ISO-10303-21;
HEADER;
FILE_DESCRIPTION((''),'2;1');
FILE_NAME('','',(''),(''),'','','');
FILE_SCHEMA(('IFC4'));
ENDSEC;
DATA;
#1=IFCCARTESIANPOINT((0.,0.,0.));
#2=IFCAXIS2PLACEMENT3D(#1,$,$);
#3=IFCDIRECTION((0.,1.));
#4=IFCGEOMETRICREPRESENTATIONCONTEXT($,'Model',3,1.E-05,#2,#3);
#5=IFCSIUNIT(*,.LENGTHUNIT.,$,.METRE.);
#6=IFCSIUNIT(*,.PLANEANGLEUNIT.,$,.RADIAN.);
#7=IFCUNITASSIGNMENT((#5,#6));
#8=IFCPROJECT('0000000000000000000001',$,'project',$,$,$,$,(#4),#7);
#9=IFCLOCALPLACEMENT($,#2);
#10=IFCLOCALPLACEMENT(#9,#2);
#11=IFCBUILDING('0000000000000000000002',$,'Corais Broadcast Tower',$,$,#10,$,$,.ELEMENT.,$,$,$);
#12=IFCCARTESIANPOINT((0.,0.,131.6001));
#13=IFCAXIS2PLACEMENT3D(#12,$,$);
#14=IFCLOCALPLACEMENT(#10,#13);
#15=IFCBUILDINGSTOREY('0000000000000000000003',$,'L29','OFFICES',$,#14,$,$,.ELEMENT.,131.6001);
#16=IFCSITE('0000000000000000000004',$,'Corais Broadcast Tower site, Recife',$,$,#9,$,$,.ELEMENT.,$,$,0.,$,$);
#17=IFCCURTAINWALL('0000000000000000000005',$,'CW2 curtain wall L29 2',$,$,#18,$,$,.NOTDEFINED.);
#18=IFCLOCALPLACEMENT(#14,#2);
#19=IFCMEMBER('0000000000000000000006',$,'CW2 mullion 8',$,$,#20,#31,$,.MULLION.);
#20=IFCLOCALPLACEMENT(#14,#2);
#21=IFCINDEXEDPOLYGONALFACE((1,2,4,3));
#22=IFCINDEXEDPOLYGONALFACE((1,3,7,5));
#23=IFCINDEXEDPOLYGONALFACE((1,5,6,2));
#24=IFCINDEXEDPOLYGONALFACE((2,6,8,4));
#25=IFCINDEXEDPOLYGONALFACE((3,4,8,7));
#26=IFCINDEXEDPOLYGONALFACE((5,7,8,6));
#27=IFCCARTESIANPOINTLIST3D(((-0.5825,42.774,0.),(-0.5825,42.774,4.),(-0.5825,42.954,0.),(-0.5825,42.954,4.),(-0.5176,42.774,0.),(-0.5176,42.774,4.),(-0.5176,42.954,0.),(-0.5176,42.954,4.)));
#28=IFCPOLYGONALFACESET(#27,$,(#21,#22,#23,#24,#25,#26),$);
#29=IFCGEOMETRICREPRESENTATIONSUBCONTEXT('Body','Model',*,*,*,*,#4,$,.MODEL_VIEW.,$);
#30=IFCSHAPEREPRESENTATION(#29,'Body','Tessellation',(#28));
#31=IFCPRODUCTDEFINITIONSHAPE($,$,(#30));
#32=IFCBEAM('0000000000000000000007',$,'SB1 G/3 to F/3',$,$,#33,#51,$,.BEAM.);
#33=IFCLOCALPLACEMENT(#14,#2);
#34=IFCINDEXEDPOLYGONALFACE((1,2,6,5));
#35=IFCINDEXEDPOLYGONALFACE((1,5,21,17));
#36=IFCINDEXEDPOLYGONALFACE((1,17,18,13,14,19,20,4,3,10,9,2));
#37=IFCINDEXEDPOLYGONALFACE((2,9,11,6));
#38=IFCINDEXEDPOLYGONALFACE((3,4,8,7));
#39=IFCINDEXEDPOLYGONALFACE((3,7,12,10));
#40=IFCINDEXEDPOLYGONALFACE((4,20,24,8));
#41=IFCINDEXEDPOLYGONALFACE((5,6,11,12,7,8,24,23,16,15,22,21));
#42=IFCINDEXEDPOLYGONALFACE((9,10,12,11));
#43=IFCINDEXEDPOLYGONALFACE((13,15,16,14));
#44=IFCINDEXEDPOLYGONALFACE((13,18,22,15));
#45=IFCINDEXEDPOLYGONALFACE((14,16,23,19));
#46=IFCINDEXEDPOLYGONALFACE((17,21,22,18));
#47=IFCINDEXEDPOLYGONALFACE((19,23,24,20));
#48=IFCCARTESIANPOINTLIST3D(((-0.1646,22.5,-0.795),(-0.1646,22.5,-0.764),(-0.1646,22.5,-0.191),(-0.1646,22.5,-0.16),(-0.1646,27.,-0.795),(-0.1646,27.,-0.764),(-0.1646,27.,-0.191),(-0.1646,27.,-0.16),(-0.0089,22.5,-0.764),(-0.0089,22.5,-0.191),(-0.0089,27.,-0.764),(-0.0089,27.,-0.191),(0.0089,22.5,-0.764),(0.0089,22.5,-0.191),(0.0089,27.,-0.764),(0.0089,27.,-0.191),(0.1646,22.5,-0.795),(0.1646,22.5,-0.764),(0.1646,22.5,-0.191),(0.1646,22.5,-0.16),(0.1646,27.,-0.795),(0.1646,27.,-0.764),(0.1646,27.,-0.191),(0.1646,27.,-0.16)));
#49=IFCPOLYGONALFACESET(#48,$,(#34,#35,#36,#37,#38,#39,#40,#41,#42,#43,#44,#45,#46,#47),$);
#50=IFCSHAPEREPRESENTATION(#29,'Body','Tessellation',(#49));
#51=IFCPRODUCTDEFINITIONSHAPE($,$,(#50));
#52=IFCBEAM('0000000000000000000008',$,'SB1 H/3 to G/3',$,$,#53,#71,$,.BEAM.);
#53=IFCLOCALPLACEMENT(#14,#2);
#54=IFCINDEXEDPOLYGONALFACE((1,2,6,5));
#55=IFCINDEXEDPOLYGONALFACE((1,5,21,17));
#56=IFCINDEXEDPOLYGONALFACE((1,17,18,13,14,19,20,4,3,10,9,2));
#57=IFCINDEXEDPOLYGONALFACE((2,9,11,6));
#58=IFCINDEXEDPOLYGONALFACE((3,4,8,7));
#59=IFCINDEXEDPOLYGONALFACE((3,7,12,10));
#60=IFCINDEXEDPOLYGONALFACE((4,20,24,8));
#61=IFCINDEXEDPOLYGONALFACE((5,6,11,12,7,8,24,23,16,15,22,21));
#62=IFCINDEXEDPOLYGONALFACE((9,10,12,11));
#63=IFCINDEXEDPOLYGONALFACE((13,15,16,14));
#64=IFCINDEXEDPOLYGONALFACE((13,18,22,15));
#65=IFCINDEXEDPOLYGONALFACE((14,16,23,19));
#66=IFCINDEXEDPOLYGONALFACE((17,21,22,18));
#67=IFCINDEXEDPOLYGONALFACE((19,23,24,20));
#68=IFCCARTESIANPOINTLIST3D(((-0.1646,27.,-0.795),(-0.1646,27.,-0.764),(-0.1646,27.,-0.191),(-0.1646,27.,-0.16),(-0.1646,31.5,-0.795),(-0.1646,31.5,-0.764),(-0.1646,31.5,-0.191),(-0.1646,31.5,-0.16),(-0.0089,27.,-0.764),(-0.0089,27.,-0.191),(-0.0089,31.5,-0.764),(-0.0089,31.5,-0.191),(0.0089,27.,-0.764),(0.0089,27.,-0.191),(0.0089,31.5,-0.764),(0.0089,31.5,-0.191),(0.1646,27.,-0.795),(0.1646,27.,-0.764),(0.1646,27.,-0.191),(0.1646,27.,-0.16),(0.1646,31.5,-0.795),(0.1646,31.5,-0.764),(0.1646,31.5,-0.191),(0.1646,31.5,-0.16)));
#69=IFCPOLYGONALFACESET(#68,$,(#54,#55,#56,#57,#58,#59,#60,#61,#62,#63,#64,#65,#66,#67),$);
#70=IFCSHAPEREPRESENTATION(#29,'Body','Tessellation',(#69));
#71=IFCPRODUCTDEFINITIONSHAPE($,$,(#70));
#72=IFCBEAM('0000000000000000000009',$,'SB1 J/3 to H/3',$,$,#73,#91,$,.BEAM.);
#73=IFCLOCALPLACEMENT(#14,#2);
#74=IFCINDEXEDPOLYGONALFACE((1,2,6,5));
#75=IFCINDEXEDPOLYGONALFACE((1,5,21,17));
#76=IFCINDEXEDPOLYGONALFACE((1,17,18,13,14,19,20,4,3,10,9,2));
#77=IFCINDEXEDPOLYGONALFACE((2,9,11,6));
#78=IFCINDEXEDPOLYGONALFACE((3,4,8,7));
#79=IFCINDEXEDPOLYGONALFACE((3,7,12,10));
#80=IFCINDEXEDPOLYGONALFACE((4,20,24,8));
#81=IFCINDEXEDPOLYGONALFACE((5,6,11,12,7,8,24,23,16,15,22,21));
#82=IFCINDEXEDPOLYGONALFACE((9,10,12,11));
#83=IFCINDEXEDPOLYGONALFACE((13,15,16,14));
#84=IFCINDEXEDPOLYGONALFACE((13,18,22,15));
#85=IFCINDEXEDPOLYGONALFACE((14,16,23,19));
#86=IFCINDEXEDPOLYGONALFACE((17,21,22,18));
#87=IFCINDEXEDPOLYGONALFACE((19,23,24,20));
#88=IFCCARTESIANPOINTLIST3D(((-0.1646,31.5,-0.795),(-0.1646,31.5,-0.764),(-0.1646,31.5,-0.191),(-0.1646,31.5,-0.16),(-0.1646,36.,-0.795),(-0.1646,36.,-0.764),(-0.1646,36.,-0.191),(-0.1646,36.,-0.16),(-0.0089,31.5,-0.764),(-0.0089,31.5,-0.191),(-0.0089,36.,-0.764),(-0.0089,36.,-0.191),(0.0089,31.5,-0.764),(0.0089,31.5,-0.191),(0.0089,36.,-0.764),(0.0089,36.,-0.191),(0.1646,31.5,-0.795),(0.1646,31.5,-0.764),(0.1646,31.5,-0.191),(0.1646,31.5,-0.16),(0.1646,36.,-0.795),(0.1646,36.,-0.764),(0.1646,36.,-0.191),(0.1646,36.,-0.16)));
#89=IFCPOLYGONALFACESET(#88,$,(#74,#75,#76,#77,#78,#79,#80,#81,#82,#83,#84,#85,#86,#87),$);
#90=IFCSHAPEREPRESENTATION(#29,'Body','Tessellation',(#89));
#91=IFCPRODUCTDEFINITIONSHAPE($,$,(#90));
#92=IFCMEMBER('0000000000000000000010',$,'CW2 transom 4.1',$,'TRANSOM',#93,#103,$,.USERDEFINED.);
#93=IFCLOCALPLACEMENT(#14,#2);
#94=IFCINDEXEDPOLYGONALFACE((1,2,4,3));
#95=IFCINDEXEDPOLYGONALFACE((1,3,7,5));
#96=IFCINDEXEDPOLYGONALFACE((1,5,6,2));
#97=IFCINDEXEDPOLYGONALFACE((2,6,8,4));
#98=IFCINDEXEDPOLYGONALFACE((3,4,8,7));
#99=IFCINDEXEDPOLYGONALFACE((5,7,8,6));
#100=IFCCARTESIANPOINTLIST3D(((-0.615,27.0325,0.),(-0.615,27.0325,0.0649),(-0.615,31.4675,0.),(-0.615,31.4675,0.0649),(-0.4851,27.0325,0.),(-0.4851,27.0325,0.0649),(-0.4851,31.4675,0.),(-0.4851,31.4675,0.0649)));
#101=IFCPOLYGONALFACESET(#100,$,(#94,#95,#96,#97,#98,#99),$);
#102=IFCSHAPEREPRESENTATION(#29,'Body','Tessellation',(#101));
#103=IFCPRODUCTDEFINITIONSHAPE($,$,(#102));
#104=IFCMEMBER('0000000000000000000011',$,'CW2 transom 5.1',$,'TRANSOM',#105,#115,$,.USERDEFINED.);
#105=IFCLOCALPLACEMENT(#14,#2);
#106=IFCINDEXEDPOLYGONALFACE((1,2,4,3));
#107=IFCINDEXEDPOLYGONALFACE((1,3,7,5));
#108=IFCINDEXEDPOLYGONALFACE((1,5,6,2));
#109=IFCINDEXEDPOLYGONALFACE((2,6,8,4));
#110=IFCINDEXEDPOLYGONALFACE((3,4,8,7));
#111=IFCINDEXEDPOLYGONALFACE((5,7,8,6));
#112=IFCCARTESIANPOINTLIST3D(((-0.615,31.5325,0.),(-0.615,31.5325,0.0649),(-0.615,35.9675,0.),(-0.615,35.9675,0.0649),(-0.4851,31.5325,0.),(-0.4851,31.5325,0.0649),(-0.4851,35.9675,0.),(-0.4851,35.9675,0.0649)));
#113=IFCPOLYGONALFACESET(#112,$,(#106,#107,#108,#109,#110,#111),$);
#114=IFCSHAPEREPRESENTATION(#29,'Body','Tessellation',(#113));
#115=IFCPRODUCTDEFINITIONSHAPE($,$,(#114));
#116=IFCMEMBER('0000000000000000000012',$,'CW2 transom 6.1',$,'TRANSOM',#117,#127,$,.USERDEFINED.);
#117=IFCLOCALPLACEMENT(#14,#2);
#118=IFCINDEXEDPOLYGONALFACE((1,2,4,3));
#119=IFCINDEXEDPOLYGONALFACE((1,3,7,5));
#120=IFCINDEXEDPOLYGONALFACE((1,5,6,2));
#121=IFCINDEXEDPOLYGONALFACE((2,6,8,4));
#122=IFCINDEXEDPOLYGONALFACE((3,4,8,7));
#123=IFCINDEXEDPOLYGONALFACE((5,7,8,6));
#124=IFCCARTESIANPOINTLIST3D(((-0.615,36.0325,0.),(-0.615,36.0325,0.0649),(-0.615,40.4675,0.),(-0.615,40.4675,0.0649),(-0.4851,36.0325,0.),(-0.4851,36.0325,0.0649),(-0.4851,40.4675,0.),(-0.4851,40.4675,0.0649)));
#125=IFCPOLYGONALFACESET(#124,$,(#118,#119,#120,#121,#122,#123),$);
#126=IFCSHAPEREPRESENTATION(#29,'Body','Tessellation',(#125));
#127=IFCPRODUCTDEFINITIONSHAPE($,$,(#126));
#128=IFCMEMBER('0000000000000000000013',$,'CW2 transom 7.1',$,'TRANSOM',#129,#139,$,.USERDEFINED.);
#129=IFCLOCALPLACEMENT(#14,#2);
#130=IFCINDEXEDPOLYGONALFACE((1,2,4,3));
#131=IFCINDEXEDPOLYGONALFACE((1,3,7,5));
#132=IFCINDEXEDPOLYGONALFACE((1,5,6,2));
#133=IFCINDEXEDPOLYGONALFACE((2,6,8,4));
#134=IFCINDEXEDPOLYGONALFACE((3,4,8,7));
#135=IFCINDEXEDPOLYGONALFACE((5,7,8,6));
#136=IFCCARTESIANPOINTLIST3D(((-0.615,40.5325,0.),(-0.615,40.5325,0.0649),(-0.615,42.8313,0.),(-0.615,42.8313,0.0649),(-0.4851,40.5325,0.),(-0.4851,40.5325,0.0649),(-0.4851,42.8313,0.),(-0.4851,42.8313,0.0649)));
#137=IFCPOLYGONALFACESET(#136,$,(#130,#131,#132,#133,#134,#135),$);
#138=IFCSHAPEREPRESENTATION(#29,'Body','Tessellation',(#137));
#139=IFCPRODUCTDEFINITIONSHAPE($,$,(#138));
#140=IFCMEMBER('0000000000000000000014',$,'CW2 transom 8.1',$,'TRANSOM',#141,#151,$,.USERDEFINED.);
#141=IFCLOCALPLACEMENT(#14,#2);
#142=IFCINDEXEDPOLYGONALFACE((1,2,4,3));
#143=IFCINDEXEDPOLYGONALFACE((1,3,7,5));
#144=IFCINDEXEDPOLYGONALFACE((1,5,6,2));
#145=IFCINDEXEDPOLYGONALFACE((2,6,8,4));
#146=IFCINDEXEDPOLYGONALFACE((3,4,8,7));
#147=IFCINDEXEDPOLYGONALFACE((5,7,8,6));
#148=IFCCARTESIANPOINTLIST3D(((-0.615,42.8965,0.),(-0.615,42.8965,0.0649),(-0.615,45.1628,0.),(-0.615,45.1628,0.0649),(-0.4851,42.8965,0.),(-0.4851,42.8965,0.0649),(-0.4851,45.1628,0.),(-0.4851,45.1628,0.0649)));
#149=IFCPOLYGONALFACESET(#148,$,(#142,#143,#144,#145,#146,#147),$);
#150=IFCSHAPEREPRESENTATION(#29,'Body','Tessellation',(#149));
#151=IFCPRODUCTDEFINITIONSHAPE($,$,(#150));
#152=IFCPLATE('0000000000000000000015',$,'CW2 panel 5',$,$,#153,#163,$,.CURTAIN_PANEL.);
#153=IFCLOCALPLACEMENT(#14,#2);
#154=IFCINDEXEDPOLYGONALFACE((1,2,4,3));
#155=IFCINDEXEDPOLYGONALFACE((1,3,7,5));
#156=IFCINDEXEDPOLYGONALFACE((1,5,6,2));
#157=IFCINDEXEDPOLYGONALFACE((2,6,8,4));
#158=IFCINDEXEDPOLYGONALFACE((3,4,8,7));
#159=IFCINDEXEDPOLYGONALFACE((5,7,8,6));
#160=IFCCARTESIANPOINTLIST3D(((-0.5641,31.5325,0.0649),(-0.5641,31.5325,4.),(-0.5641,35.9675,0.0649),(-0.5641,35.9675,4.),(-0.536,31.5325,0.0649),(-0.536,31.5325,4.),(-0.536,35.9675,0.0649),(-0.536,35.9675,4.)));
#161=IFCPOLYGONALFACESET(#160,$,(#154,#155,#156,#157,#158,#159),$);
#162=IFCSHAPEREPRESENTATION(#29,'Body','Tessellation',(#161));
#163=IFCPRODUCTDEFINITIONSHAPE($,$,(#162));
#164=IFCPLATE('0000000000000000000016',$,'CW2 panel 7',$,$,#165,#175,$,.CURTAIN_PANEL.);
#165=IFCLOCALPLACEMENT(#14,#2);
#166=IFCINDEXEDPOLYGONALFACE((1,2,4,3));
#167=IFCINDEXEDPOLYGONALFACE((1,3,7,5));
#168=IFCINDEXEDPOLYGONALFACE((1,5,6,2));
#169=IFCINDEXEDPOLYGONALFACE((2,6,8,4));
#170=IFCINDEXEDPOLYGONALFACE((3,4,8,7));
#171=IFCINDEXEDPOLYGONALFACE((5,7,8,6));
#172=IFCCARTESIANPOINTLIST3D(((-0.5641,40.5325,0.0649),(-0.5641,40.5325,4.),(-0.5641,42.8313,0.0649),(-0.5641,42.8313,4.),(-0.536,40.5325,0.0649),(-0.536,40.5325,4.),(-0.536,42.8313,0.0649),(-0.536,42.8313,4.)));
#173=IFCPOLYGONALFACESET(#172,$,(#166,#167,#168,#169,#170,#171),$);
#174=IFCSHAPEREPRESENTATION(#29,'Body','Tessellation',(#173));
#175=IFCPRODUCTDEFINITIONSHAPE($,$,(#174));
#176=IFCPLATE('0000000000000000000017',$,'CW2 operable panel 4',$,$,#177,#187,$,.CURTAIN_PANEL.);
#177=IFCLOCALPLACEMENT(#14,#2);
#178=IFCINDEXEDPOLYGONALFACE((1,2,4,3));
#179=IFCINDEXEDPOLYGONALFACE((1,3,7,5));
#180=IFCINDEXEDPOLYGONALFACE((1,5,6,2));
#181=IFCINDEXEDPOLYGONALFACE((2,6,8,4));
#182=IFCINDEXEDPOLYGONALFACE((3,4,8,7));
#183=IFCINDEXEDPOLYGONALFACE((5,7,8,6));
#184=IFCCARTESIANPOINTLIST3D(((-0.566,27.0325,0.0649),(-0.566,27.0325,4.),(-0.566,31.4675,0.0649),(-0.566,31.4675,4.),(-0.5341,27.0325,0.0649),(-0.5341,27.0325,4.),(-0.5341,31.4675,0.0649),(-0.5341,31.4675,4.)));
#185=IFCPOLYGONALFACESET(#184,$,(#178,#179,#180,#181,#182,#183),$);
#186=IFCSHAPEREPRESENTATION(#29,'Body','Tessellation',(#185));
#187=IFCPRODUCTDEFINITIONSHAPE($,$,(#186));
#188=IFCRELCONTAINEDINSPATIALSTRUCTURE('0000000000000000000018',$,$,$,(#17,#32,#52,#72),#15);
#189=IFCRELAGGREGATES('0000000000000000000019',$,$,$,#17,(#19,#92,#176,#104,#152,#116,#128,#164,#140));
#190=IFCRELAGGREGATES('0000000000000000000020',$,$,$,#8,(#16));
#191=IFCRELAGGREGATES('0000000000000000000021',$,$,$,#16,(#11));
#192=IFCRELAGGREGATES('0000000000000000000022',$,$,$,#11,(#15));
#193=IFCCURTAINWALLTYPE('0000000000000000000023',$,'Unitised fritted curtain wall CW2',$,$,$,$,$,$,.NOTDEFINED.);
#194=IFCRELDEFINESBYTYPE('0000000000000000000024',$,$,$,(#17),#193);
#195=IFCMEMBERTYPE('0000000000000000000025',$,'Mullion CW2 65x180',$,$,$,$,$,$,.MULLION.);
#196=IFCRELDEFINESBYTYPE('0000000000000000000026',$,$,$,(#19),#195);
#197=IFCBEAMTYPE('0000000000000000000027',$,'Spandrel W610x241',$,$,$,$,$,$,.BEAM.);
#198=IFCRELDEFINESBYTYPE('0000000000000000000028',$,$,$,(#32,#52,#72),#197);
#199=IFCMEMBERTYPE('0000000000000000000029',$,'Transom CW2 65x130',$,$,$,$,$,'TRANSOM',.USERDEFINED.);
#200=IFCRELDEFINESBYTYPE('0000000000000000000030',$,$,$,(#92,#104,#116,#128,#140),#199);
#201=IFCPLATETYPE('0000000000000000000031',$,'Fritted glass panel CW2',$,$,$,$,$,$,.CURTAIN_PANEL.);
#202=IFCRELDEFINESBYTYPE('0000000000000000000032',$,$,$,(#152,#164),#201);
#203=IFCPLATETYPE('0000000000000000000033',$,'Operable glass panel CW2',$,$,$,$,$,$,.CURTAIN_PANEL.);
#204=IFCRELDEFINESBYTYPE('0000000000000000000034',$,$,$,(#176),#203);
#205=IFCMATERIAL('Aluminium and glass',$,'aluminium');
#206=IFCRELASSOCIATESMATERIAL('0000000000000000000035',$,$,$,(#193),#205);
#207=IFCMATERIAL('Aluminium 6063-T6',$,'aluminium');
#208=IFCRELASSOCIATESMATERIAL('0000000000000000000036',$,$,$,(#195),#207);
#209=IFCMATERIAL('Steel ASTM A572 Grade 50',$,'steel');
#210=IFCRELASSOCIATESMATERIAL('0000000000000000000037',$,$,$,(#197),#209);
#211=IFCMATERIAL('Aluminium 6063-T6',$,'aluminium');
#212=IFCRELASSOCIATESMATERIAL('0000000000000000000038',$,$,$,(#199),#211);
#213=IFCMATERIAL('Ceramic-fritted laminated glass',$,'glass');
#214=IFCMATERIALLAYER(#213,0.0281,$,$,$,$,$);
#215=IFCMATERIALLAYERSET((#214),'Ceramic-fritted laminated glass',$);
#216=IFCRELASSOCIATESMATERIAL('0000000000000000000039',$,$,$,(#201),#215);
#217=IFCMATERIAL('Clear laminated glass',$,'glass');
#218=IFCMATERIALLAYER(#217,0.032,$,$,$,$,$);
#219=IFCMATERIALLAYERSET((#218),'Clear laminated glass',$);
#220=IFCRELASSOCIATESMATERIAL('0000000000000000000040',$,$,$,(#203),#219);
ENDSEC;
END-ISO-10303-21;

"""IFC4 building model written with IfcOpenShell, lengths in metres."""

from ifc_helpers import new_model, si_unit, direction, frame, origin, origin_2d, place, context, subcontext, project, spatial, rectangle, i_section, extrude, material, layer, layer_set, material_profile, profile_set, type_object, element, aggregate, save


model = new_model("IFC4")

# Units and contexts
model_context = context("Model", 3, precision=1e-05, world=origin(), true_north=direction((0.0, 1.0)))
body_context = subcontext(model_context, "Body", "Model", "MODEL_VIEW")
ifc_project = project(units=[si_unit("LENGTHUNIT", "METRE"), si_unit("PLANEANGLEUNIT", "RADIAN")], contexts=[model_context])

# Site, building, storey
site_placement = place(None, origin())
site = spatial("IfcSite", under=ifc_project, at=site_placement, Name="Corais Broadcast Tower site, Recife", CompositionType="ELEMENT", RefElevation=0.0)
building_placement = place(site_placement, origin())
building = spatial("IfcBuilding", under=site, at=building_placement, Name="Corais Broadcast Tower", CompositionType="ELEMENT")
storey_placement = place(building_placement, frame((0.0, 0.0, 131.6001)))
storey = spatial("IfcBuildingStorey", under=building, at=storey_placement, Name="L29", Description="OFFICES", CompositionType="ELEMENT", Elevation=131.6001)

# Curtain wall, member
ifc_material_1 = material(Name="Aluminium and glass", Category="aluminium")
curtain_wall_type = type_object("IfcCurtainWallType", Name="Unitised fritted curtain wall CW2", PredefinedType="NOTDEFINED", material=ifc_material_1)
curtain_wall_placement = place(storey_placement, origin())
curtain_wall = element("IfcCurtainWall", 1, at=curtain_wall_placement, inside=storey, type_object=curtain_wall_type, Name="CW2 curtain wall L29 2", PredefinedType="NOTDEFINED")
ifc_material_2 = material(Name="Aluminium 6063-T6", Category="aluminium")
ifc_material_profile_1 = material_profile(ifc_material_2, rectangle(XDim=0.0649, YDim=0.1799, at=origin_2d()), Name="Mullion CW2 65x180")
ifc_profile_set_1 = profile_set([ifc_material_profile_1], Name="Aluminium 6063-T6")
member_type_1 = type_object("IfcMemberType", Name="Mullion CW2 65x180", PredefinedType="MULLION", material=ifc_profile_set_1)
member_1_placement = place(storey_placement, frame((-0.55, 42.864, 0.0), z_axis=(0.0, 0.0, 1.0), x_axis=(-1.0, 0.0, 0.0)))
member_1 = element("IfcMember", 2, at=member_1_placement, type_object=member_type_1, Name="CW2 mullion 8", PredefinedType="MULLION", context=body_context, shape_type="SweptSolid", body=[
    extrude(rectangle(XDim=0.0649, YDim=0.1799, at=origin_2d()), origin(), (0.0, 0.0, 1.0), 4.0),
])

# Beams
ifc_material_3 = material(Name="Steel ASTM A572 Grade 50", Category="steel")
ifc_material_profile_2 = material_profile(ifc_material_3, i_section(OverallWidth=0.3291, OverallDepth=0.635, WebThickness=0.0178, FlangeThickness=0.031, at=origin_2d()), Name="W610x241")
ifc_profile_set_2 = profile_set([ifc_material_profile_2], Name="Steel ASTM A572 Grade 50")
beam_type_1 = type_object("IfcBeamType", Name="Spandrel W610x241", PredefinedType="BEAM", material=ifc_profile_set_2)
for number, where, z_axis, x_axis, name in (
    (3, (0.0, 27.0, -0.4775), (0.0, -1.0, 0.0), (1.0, 0.0, 0.0), "SB1 G/3 to F/3"),
    (4, (0.0, 31.5, -0.4775), (0.0, -1.0, 0.0), (1.0, 0.0, 0.0), "SB1 H/3 to G/3"),
    (5, (0.0, 36.0, -0.4775), (0.0, -1.0, 0.0), (1.0, 0.0, 0.0), "SB1 J/3 to H/3"),
):
    element("IfcBeam", number, at=place(storey_placement, frame(where, z_axis=z_axis, x_axis=x_axis)), inside=storey, type_object=beam_type_1, Name=name, PredefinedType="BEAM", context=body_context, shape_type="SweptSolid", body=[
        extrude(i_section(OverallWidth=0.3291, OverallDepth=0.635, WebThickness=0.0178, FlangeThickness=0.031, at=origin_2d()), origin(), (0.0, 0.0, 1.0), 4.5),
    ])

# Members
ifc_material_4 = material(Name="Aluminium 6063-T6", Category="aluminium")
ifc_material_profile_3 = material_profile(ifc_material_4, rectangle(XDim=0.1299, YDim=0.0649, at=origin_2d()), Name="Transom CW2 65x130")
ifc_profile_set_3 = profile_set([ifc_material_profile_3], Name="Aluminium 6063-T6")
member_type_2 = type_object("IfcMemberType", Name="Transom CW2 65x130", ElementType="TRANSOM", PredefinedType="USERDEFINED", material=ifc_profile_set_3)
member_2_placement = place(storey_placement, frame((-0.55, 27.0325, 0.0325), z_axis=(0.0, 1.0, 0.0), x_axis=(-1.0, 0.0, 0.0)))
member_2 = element("IfcMember", 6, at=member_2_placement, type_object=member_type_2, Name="CW2 transom 4.1", ObjectType="TRANSOM", PredefinedType="USERDEFINED", context=body_context, shape_type="SweptSolid", body=[
    extrude(rectangle(XDim=0.1299, YDim=0.0649, at=origin_2d()), origin(), (0.0, 0.0, 1.0), 4.4351),
])
member_3_placement = place(storey_placement, frame((-0.55, 31.5325, 0.0325), z_axis=(0.0, 1.0, 0.0), x_axis=(-1.0, 0.0, 0.0)))
member_3 = element("IfcMember", 7, at=member_3_placement, type_object=member_type_2, Name="CW2 transom 5.1", ObjectType="TRANSOM", PredefinedType="USERDEFINED", context=body_context, shape_type="SweptSolid", body=[
    extrude(rectangle(XDim=0.1299, YDim=0.0649, at=origin_2d()), origin(), (0.0, 0.0, 1.0), 4.4351),
])
member_4_placement = place(storey_placement, frame((-0.55, 36.0325, 0.0325), z_axis=(0.0, 1.0, 0.0), x_axis=(-1.0, 0.0, 0.0)))
member_4 = element("IfcMember", 8, at=member_4_placement, type_object=member_type_2, Name="CW2 transom 6.1", ObjectType="TRANSOM", PredefinedType="USERDEFINED", context=body_context, shape_type="SweptSolid", body=[
    extrude(rectangle(XDim=0.1299, YDim=0.0649, at=origin_2d()), origin(), (0.0, 0.0, 1.0), 4.4351),
])
member_5_placement = place(storey_placement, frame((-0.55, 40.5325, 0.0325), z_axis=(0.0, 1.0, 0.0), x_axis=(-1.0, 0.0, 0.0)))
member_5 = element("IfcMember", 9, at=member_5_placement, type_object=member_type_2, Name="CW2 transom 7.1", ObjectType="TRANSOM", PredefinedType="USERDEFINED", context=body_context, shape_type="SweptSolid", body=[
    extrude(rectangle(XDim=0.1299, YDim=0.0649, at=origin_2d()), origin(), (0.0, 0.0, 1.0), 2.2988),
])
member_6_placement = place(storey_placement, frame((-0.55, 42.8965, 0.0325), z_axis=(0.0, 1.0, 0.0), x_axis=(-1.0, 0.0, 0.0)))
member_6 = element("IfcMember", 10, at=member_6_placement, type_object=member_type_2, Name="CW2 transom 8.1", ObjectType="TRANSOM", PredefinedType="USERDEFINED", context=body_context, shape_type="SweptSolid", body=[
    extrude(rectangle(XDim=0.1299, YDim=0.0649, at=origin_2d()), origin(), (0.0, 0.0, 1.0), 2.2664),
])

# Plates
ifc_material_5 = material(Name="Ceramic-fritted laminated glass", Category="glass")
ifc_layer_1 = layer(ifc_material_5, 0.0281)
ifc_layer_set_1 = layer_set([ifc_layer_1], Name="Ceramic-fritted laminated glass")
plate_type_1 = type_object("IfcPlateType", Name="Fritted glass panel CW2", PredefinedType="CURTAIN_PANEL", material=ifc_layer_set_1)
plate_1_placement = place(storey_placement, frame((-0.55, 33.75, 0.0649), z_axis=(0.0, 0.0, 1.0), x_axis=(0.0, 1.0, 0.0)))
plate_1 = element("IfcPlate", 11, at=plate_1_placement, type_object=plate_type_1, Name="CW2 panel 5", PredefinedType="CURTAIN_PANEL", context=body_context, shape_type="SweptSolid", body=[
    extrude(rectangle(XDim=4.4351, YDim=0.0281, at=origin_2d()), origin(), (0.0, 0.0, 1.0), 3.9351),
])
plate_2_placement = place(storey_placement, frame((-0.55, 41.6819, 0.0649), z_axis=(0.0, 0.0, 1.0), x_axis=(0.0, 1.0, 0.0)))
plate_2 = element("IfcPlate", 12, at=plate_2_placement, type_object=plate_type_1, Name="CW2 panel 7", PredefinedType="CURTAIN_PANEL", context=body_context, shape_type="SweptSolid", body=[
    extrude(rectangle(XDim=2.2988, YDim=0.0281, at=origin_2d()), origin(), (0.0, 0.0, 1.0), 3.9351),
])
ifc_material_6 = material(Name="Clear laminated glass", Category="glass")
ifc_layer_2 = layer(ifc_material_6, 0.032)
ifc_layer_set_2 = layer_set([ifc_layer_2], Name="Clear laminated glass")
plate_type_2 = type_object("IfcPlateType", Name="Operable glass panel CW2", PredefinedType="CURTAIN_PANEL", material=ifc_layer_set_2)
plate_3_placement = place(storey_placement, frame((-0.55, 29.25, 0.0649), z_axis=(0.0, 0.0, 1.0), x_axis=(0.0, 1.0, 0.0)))
plate_3 = element("IfcPlate", 13, at=plate_3_placement, type_object=plate_type_2, Name="CW2 operable panel 4", PredefinedType="CURTAIN_PANEL", context=body_context, shape_type="SweptSolid", body=[
    extrude(rectangle(XDim=4.4351, YDim=0.032, at=origin_2d()), origin(), (0.0, 0.0, 1.0), 3.9351),
])
aggregate(curtain_wall, [member_1, member_2, plate_3, member_3, plate_1, member_4, member_5, plate_2, member_6])

save(model, "model.ifc")
